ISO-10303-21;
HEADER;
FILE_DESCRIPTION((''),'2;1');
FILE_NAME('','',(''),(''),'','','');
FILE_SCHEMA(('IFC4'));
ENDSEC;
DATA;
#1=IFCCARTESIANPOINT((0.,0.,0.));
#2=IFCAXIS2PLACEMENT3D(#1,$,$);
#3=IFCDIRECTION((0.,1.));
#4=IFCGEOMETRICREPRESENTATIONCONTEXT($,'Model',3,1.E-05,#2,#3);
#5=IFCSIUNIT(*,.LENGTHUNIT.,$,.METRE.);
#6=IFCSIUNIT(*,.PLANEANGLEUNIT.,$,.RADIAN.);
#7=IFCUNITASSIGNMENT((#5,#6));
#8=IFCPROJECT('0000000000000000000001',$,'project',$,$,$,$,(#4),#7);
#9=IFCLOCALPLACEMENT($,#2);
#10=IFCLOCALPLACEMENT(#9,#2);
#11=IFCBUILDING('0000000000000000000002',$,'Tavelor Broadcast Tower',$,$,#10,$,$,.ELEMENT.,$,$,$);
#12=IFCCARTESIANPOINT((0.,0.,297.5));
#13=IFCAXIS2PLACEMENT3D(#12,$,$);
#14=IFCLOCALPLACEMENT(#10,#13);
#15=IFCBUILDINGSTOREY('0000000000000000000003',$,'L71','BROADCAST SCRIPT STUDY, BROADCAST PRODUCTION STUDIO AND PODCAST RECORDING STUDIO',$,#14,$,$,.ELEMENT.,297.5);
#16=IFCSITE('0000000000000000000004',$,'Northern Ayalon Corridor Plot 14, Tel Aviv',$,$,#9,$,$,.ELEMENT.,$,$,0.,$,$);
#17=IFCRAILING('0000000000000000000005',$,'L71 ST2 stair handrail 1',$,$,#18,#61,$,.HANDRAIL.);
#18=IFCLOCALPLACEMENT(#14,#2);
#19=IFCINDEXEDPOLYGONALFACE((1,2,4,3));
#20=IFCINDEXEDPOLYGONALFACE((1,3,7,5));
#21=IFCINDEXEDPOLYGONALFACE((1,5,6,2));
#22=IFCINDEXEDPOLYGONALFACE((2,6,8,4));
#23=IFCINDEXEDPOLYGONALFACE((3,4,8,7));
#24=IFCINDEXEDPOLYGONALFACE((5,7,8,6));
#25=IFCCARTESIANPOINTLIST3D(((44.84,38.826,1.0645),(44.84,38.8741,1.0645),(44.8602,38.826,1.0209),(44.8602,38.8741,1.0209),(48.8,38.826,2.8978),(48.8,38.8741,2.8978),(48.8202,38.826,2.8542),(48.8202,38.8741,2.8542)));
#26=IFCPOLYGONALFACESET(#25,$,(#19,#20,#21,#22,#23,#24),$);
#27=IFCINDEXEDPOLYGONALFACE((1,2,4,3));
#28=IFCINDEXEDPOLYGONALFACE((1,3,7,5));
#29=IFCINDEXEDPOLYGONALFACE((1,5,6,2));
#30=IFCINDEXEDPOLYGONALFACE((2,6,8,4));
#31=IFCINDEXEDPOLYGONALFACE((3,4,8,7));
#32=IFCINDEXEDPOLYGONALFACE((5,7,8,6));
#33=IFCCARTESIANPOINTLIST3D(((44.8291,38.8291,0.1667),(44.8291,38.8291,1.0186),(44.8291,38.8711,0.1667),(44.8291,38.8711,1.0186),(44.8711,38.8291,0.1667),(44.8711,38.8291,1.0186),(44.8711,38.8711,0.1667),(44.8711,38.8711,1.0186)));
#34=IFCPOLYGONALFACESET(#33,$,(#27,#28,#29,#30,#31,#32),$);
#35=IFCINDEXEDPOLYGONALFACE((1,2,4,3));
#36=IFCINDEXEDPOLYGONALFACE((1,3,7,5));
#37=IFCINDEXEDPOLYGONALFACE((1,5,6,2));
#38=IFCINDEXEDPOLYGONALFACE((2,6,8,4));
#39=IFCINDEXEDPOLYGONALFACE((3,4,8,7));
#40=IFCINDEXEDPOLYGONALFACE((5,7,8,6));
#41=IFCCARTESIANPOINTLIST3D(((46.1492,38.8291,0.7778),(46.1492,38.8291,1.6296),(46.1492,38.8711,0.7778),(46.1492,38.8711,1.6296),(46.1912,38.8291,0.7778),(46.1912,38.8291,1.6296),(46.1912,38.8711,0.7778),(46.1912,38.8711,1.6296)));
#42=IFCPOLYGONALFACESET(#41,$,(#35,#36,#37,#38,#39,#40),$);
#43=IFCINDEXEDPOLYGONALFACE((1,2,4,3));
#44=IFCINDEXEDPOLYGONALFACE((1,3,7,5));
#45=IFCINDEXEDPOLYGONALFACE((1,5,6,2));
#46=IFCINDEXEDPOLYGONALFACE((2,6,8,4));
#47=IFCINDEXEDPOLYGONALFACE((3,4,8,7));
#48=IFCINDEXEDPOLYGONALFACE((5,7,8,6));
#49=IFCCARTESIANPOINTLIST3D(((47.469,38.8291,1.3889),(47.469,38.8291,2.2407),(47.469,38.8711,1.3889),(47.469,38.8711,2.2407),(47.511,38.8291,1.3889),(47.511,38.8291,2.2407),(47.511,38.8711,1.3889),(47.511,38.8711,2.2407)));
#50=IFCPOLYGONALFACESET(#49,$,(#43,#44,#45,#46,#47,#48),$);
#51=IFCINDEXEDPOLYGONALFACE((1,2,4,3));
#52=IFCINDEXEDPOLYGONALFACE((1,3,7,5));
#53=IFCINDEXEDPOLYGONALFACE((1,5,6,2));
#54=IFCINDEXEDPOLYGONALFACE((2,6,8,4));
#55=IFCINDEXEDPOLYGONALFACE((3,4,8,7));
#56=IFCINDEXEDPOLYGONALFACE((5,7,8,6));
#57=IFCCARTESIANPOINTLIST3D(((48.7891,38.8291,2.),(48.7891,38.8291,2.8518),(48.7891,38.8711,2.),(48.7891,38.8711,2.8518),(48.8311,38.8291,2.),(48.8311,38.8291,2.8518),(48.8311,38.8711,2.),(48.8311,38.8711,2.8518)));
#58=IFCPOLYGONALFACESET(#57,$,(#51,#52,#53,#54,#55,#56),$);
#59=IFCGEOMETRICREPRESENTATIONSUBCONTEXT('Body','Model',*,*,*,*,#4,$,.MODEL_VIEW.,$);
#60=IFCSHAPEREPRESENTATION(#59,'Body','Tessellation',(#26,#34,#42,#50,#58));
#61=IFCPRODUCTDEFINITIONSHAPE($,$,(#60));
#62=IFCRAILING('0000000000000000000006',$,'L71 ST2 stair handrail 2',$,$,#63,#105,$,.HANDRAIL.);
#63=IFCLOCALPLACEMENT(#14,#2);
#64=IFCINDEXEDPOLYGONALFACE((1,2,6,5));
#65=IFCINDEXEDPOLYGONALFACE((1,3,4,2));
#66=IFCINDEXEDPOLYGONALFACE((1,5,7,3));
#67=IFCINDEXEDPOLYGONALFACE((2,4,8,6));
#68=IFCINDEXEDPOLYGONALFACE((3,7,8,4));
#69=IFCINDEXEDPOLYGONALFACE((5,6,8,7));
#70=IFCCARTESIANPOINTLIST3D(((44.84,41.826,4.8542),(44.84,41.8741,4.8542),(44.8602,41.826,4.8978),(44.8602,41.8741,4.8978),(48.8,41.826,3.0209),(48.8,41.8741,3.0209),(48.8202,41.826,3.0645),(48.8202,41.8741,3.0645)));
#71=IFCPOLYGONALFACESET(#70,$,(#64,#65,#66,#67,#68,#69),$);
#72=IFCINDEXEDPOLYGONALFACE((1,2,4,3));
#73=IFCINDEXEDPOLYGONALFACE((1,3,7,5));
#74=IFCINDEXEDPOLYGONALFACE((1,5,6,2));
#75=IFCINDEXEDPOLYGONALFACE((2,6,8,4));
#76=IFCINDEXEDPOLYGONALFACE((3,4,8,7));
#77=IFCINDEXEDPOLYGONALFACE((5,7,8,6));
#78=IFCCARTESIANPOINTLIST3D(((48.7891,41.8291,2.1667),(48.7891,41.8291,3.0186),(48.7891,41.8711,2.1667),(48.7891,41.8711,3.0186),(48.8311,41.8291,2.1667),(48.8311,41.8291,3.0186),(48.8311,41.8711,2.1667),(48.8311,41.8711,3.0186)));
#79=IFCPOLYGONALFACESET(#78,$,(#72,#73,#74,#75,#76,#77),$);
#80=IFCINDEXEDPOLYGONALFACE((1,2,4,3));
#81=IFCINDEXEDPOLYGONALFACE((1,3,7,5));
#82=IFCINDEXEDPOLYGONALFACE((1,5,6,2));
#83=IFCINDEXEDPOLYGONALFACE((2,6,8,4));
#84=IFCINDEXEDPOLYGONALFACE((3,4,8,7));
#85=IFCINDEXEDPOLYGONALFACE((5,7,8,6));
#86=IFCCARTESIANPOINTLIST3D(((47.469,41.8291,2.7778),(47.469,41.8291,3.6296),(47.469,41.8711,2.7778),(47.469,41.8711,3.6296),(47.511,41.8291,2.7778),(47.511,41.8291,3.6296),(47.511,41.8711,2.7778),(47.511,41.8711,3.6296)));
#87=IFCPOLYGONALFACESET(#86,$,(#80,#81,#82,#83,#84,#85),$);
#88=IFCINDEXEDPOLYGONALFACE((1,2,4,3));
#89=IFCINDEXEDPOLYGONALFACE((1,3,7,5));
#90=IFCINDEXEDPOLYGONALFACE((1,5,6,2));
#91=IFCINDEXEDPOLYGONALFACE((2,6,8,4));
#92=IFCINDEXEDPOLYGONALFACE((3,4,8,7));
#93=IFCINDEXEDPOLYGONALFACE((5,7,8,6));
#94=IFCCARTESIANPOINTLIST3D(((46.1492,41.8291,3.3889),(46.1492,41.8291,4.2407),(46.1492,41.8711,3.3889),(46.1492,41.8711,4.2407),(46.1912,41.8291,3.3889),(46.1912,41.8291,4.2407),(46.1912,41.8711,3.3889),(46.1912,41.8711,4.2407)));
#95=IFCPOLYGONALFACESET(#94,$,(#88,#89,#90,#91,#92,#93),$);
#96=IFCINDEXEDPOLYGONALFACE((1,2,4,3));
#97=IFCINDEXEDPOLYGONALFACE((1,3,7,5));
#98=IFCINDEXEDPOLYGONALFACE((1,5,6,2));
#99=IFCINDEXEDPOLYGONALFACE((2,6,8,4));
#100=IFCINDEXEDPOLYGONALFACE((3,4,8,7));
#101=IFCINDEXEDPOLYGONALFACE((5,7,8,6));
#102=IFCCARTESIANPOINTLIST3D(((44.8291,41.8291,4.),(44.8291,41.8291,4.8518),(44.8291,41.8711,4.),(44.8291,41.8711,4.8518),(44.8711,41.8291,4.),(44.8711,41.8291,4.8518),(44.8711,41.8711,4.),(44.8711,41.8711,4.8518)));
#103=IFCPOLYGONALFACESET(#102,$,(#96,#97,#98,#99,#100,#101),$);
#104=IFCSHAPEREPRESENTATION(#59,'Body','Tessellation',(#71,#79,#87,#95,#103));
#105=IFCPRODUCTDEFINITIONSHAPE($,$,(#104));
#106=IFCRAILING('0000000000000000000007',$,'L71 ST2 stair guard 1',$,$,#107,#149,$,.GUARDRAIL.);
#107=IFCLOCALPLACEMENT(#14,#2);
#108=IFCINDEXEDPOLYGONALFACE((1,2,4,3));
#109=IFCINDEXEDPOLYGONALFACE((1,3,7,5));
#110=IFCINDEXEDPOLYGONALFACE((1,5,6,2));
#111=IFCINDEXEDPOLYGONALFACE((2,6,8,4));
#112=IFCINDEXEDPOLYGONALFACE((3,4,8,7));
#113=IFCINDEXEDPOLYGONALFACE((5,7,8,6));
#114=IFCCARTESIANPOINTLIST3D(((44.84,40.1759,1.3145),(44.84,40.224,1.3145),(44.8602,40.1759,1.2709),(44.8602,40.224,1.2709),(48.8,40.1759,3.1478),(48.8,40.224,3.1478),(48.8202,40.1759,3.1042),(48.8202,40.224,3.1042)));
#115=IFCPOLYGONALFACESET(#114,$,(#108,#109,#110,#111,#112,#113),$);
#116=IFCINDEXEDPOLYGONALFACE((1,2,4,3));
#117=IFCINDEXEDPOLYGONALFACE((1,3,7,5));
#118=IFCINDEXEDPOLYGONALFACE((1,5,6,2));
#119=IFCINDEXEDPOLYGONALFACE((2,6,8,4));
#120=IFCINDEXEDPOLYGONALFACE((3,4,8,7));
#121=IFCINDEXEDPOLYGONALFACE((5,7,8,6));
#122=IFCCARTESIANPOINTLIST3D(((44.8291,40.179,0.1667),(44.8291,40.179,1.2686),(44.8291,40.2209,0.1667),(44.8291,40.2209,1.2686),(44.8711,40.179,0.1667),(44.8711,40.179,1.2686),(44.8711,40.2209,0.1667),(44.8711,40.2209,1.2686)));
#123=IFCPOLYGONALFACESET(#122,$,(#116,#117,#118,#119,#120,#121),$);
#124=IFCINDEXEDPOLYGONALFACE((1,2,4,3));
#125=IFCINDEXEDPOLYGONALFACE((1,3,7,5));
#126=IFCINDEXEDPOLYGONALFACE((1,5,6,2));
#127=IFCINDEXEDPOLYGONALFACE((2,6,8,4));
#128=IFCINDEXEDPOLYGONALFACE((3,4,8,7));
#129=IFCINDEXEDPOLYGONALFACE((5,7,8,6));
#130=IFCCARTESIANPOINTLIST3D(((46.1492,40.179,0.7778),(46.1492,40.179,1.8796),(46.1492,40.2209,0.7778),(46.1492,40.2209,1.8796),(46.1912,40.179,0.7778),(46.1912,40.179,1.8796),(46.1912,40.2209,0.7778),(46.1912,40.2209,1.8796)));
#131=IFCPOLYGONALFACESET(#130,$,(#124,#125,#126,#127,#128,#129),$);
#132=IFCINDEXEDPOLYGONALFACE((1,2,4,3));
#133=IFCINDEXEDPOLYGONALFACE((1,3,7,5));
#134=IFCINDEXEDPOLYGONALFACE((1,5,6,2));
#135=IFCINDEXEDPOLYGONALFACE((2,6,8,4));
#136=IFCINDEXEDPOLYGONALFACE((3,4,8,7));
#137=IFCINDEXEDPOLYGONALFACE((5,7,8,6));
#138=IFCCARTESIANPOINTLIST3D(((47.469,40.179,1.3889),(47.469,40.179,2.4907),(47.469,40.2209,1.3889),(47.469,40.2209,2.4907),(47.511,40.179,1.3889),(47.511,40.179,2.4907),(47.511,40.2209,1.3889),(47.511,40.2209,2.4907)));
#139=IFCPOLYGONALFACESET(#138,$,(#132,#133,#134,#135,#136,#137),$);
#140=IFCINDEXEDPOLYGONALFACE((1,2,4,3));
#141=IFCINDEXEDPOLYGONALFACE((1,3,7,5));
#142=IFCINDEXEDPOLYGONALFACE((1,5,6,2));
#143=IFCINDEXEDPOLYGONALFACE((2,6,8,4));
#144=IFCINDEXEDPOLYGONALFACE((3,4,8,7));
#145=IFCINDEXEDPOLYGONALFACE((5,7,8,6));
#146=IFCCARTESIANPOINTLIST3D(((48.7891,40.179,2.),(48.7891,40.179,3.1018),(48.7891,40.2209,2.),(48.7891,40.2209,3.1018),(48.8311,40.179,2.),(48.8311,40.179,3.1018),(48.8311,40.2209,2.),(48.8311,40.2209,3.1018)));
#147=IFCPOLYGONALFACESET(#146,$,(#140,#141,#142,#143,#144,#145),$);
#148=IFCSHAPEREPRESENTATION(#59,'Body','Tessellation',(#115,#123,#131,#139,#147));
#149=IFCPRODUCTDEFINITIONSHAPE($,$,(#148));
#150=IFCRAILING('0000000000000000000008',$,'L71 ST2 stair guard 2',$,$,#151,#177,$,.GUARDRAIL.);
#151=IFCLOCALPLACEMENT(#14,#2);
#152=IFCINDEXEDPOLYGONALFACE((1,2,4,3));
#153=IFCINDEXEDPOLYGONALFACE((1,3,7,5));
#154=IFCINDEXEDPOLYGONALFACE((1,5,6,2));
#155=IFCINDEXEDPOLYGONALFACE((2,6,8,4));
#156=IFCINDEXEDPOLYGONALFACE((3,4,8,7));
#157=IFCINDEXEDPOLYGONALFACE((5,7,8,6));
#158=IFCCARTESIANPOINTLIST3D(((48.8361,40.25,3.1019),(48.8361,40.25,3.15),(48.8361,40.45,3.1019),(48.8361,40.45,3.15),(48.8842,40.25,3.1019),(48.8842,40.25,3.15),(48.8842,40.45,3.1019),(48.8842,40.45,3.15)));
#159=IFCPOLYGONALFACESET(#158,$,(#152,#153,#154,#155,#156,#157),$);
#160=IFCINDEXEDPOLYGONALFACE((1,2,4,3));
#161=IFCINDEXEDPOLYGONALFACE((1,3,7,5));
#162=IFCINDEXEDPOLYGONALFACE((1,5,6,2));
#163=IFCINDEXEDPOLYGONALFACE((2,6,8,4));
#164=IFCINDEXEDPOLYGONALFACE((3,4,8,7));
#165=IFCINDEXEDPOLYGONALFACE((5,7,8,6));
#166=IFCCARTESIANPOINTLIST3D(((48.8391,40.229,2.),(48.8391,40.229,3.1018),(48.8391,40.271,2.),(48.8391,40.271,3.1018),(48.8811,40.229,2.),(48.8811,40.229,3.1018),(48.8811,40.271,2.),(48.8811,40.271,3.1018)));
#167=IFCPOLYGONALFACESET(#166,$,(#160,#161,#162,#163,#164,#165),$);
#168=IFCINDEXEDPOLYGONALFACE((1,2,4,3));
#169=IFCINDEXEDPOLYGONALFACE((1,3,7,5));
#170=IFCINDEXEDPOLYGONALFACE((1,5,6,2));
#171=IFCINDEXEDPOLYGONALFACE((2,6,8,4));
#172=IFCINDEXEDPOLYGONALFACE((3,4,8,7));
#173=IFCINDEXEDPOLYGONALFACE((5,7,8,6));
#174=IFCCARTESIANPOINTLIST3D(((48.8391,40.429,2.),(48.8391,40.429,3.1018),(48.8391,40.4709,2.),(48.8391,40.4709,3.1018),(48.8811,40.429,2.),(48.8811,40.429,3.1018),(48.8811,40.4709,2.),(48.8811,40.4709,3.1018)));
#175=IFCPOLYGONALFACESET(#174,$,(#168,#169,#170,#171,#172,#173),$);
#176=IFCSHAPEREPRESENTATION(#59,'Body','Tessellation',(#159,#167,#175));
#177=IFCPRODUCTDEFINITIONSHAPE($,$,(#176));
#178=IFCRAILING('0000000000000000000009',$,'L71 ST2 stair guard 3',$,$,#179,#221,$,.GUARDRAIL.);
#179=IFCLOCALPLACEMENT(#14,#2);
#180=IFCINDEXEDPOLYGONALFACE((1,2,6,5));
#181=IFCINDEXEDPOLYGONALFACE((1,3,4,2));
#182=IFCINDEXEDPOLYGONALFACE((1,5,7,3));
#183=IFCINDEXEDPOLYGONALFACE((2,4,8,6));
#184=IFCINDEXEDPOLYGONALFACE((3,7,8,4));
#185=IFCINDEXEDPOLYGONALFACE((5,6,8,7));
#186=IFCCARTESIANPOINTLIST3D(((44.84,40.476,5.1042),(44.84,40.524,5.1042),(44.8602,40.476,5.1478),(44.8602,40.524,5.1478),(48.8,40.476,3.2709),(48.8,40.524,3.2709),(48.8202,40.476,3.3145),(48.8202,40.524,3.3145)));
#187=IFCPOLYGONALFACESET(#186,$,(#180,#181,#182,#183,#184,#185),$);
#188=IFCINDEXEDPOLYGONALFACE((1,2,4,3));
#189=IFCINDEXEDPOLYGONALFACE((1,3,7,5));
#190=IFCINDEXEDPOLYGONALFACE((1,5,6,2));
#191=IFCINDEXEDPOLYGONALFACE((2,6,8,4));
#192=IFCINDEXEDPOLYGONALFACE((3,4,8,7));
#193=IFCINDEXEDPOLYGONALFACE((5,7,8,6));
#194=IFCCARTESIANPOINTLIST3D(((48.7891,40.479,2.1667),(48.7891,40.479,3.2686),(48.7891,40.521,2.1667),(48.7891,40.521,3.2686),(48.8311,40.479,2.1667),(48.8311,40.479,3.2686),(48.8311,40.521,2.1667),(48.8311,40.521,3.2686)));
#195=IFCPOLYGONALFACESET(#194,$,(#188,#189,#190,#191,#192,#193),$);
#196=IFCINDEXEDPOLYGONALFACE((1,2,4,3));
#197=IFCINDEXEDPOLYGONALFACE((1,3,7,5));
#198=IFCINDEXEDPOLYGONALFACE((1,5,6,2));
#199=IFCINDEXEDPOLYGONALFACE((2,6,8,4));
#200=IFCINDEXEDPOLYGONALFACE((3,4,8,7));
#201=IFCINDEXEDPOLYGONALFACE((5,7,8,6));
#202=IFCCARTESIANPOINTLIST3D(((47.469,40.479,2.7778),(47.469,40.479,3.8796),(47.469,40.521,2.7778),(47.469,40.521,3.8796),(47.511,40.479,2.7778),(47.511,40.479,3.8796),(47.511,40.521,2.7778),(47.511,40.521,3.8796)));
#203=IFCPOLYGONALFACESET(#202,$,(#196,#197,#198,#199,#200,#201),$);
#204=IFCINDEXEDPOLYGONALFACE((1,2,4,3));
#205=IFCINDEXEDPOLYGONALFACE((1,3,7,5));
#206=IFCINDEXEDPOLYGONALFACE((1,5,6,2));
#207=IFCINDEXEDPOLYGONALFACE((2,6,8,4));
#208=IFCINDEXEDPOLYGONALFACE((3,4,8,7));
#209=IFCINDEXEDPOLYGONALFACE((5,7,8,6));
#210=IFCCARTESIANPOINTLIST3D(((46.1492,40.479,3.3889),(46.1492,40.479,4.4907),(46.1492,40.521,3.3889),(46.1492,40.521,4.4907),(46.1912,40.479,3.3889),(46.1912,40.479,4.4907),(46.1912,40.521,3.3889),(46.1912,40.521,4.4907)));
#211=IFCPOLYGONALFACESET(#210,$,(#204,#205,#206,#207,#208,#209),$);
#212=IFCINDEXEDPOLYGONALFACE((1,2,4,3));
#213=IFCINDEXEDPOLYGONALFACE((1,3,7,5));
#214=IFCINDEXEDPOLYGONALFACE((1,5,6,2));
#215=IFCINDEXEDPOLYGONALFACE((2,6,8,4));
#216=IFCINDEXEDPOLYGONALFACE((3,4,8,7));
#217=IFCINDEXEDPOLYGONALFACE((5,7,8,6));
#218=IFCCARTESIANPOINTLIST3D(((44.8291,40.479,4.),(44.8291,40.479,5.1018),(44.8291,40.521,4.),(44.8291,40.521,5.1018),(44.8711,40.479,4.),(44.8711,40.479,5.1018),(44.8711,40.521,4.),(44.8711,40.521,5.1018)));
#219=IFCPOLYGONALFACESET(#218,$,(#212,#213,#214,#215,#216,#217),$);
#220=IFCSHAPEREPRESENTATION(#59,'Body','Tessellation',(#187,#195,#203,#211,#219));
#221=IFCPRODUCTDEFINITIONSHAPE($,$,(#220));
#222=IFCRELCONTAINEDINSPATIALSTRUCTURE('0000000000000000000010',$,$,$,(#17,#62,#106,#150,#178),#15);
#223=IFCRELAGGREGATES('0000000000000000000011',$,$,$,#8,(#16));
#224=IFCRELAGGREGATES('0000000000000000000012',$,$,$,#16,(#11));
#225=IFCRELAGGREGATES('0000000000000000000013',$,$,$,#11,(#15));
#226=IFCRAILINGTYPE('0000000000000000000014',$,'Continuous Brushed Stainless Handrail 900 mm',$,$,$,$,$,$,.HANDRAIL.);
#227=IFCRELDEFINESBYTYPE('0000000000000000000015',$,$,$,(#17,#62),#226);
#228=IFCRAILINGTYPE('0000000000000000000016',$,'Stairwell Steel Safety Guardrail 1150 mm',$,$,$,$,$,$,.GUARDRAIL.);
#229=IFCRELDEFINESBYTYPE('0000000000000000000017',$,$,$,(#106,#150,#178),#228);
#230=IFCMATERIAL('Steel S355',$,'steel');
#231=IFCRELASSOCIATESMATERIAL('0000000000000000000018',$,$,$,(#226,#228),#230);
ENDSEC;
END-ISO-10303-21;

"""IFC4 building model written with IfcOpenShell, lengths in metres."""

from ifc_helpers import new_model, si_unit, direction, frame, origin, origin_2d, place, context, subcontext, project, spatial, rectangle, extrude, material, type_object, element, save


model = new_model("IFC4")

# Units and contexts
model_context = context("Model", 3, precision=1e-05, world=origin(), true_north=direction((0.0, 1.0)))
body_context = subcontext(model_context, "Body", "Model", "MODEL_VIEW")
ifc_project = project(units=[si_unit("LENGTHUNIT", "METRE"), si_unit("PLANEANGLEUNIT", "RADIAN")], contexts=[model_context])

# Site, building, storey
site_placement = place(None, origin())
site = spatial("IfcSite", under=ifc_project, at=site_placement, Name="Northern Ayalon Corridor Plot 14, Tel Aviv", CompositionType="ELEMENT", RefElevation=0.0)
building_placement = place(site_placement, origin())
building = spatial("IfcBuilding", under=site, at=building_placement, Name="Tavelor Broadcast Tower", CompositionType="ELEMENT")
storey_placement = place(building_placement, frame((0.0, 0.0, 297.5)))
storey = spatial("IfcBuildingStorey", under=building, at=storey_placement, Name="L71", Description="BROADCAST SCRIPT STUDY, BROADCAST PRODUCTION STUDIO AND PODCAST RECORDING STUDIO", CompositionType="ELEMENT", Elevation=297.5)

# Shared definitions
ifc_material_1 = material(Name="Steel S355", Category="steel")

# Railings
railing_type_1 = type_object("IfcRailingType", Name="Continuous Brushed Stainless Handrail 900 mm", PredefinedType="HANDRAIL", material=ifc_material_1)
railing_1_placement = place(storey_placement, frame((44.8501, 38.8501, 0.1667)))
element("IfcRailing", 1, at=railing_1_placement, inside=storey, type_object=railing_type_1, Name="L71 ST2 stair handrail 1", PredefinedType="HANDRAIL", context=body_context, shape_type="SweptSolid", body=[
    extrude(rectangle(XDim=0.0481, YDim=0.0481, at=origin_2d()), frame((0.0, 0.0, 0.876), z_axis=(0.907472, 0.0, 0.420112), x_axis=(0.0, 1.0, 0.0)), (0.0, 0.0, 1.0), 4.3638),
    extrude(rectangle(XDim=0.042, YDim=0.042, at=origin_2d()), origin(), (0.0, 0.0, 1.0), 0.8518),
    extrude(rectangle(XDim=0.042, YDim=0.042, at=origin_2d()), frame((1.3201, 0.0, 0.6111)), (0.0, 0.0, 1.0), 0.8518),
    extrude(rectangle(XDim=0.042, YDim=0.042, at=origin_2d()), frame((2.6399, 0.0, 1.2222)), (0.0, 0.0, 1.0), 0.8518),
    extrude(rectangle(XDim=0.042, YDim=0.042, at=origin_2d()), frame((3.96, 0.0, 1.8333)), (0.0, 0.0, 1.0), 0.8518),
])
railing_2_placement = place(storey_placement, frame((48.8101, 41.8501, 2.1667)))
element("IfcRailing", 2, at=railing_2_placement, inside=storey, type_object=railing_type_1, Name="L71 ST2 stair handrail 2", PredefinedType="HANDRAIL", context=body_context, shape_type="SweptSolid", body=[
    extrude(rectangle(XDim=0.0481, YDim=0.0481, at=origin_2d()), frame((0.0, 0.0, 0.876), z_axis=(-0.907472, 0.0, 0.420112), x_axis=(0.0, -1.0, 0.0)), (0.0, 0.0, 1.0), 4.3638),
    extrude(rectangle(XDim=0.042, YDim=0.042, at=origin_2d()), origin(), (0.0, 0.0, 1.0), 0.8518),
    extrude(rectangle(XDim=0.042, YDim=0.042, at=origin_2d()), frame((-1.3201, 0.0, 0.6111)), (0.0, 0.0, 1.0), 0.8518),
    extrude(rectangle(XDim=0.042, YDim=0.042, at=origin_2d()), frame((-2.6399, 0.0, 1.2222)), (0.0, 0.0, 1.0), 0.8518),
    extrude(rectangle(XDim=0.042, YDim=0.042, at=origin_2d()), frame((-3.96, 0.0, 1.8333)), (0.0, 0.0, 1.0), 0.8518),
])
railing_type_2 = type_object("IfcRailingType", Name="Stairwell Steel Safety Guardrail 1150 mm", PredefinedType="GUARDRAIL", material=ifc_material_1)
railing_3_placement = place(storey_placement, frame((44.8501, 40.2, 0.1667)))
element("IfcRailing", 3, at=railing_3_placement, inside=storey, type_object=railing_type_2, Name="L71 ST2 stair guard 1", PredefinedType="GUARDRAIL", context=body_context, shape_type="SweptSolid", body=[
    extrude(rectangle(XDim=0.0481, YDim=0.0481, at=origin_2d()), frame((0.0, 0.0, 1.126), z_axis=(0.907472, 0.0, 0.420112), x_axis=(0.0, 1.0, 0.0)), (0.0, 0.0, 1.0), 4.3638),
    extrude(rectangle(XDim=0.042, YDim=0.042, at=origin_2d()), origin(), (0.0, 0.0, 1.0), 1.1018),
    extrude(rectangle(XDim=0.042, YDim=0.042, at=origin_2d()), frame((1.3201, 0.0, 0.6111)), (0.0, 0.0, 1.0), 1.1018),
    extrude(rectangle(XDim=0.042, YDim=0.042, at=origin_2d()), frame((2.6399, 0.0, 1.2222)), (0.0, 0.0, 1.0), 1.1018),
    extrude(rectangle(XDim=0.042, YDim=0.042, at=origin_2d()), frame((3.96, 0.0, 1.8333)), (0.0, 0.0, 1.0), 1.1018),
])
railing_4_placement = place(storey_placement, frame((48.8601, 40.25, 2.0)))
element("IfcRailing", 4, at=railing_4_placement, inside=storey, type_object=railing_type_2, Name="L71 ST2 stair guard 2", PredefinedType="GUARDRAIL", context=body_context, shape_type="SweptSolid", body=[
    extrude(rectangle(XDim=0.0481, YDim=0.0481, at=origin_2d()), frame((0.0, 0.0, 1.126), z_axis=(0.0, 1.0, 0.0), x_axis=(-1.0, 0.0, 0.0)), (0.0, 0.0, 1.0), 0.2),
    extrude(rectangle(XDim=0.042, YDim=0.042, at=origin_2d()), origin(), (0.0, 0.0, 1.0), 1.1018),
    extrude(rectangle(XDim=0.042, YDim=0.042, at=origin_2d()), frame((0.0, 0.2, 0.0)), (0.0, 0.0, 1.0), 1.1018),
])
railing_5_placement = place(storey_placement, frame((48.8101, 40.5, 2.1667)))
element("IfcRailing", 5, at=railing_5_placement, inside=storey, type_object=railing_type_2, Name="L71 ST2 stair guard 3", PredefinedType="GUARDRAIL", context=body_context, shape_type="SweptSolid", body=[
    extrude(rectangle(XDim=0.0481, YDim=0.0481, at=origin_2d()), frame((0.0, 0.0, 1.126), z_axis=(-0.907472, 0.0, 0.420112), x_axis=(0.0, -1.0, 0.0)), (0.0, 0.0, 1.0), 4.3638),
    extrude(rectangle(XDim=0.042, YDim=0.042, at=origin_2d()), origin(), (0.0, 0.0, 1.0), 1.1018),
    extrude(rectangle(XDim=0.042, YDim=0.042, at=origin_2d()), frame((-1.3201, 0.0, 0.6111)), (0.0, 0.0, 1.0), 1.1018),
    extrude(rectangle(XDim=0.042, YDim=0.042, at=origin_2d()), frame((-2.6399, 0.0, 1.2222)), (0.0, 0.0, 1.0), 1.1018),
    extrude(rectangle(XDim=0.042, YDim=0.042, at=origin_2d()), frame((-3.96, 0.0, 1.8333)), (0.0, 0.0, 1.0), 1.1018),
])

save(model, "model.ifc")
